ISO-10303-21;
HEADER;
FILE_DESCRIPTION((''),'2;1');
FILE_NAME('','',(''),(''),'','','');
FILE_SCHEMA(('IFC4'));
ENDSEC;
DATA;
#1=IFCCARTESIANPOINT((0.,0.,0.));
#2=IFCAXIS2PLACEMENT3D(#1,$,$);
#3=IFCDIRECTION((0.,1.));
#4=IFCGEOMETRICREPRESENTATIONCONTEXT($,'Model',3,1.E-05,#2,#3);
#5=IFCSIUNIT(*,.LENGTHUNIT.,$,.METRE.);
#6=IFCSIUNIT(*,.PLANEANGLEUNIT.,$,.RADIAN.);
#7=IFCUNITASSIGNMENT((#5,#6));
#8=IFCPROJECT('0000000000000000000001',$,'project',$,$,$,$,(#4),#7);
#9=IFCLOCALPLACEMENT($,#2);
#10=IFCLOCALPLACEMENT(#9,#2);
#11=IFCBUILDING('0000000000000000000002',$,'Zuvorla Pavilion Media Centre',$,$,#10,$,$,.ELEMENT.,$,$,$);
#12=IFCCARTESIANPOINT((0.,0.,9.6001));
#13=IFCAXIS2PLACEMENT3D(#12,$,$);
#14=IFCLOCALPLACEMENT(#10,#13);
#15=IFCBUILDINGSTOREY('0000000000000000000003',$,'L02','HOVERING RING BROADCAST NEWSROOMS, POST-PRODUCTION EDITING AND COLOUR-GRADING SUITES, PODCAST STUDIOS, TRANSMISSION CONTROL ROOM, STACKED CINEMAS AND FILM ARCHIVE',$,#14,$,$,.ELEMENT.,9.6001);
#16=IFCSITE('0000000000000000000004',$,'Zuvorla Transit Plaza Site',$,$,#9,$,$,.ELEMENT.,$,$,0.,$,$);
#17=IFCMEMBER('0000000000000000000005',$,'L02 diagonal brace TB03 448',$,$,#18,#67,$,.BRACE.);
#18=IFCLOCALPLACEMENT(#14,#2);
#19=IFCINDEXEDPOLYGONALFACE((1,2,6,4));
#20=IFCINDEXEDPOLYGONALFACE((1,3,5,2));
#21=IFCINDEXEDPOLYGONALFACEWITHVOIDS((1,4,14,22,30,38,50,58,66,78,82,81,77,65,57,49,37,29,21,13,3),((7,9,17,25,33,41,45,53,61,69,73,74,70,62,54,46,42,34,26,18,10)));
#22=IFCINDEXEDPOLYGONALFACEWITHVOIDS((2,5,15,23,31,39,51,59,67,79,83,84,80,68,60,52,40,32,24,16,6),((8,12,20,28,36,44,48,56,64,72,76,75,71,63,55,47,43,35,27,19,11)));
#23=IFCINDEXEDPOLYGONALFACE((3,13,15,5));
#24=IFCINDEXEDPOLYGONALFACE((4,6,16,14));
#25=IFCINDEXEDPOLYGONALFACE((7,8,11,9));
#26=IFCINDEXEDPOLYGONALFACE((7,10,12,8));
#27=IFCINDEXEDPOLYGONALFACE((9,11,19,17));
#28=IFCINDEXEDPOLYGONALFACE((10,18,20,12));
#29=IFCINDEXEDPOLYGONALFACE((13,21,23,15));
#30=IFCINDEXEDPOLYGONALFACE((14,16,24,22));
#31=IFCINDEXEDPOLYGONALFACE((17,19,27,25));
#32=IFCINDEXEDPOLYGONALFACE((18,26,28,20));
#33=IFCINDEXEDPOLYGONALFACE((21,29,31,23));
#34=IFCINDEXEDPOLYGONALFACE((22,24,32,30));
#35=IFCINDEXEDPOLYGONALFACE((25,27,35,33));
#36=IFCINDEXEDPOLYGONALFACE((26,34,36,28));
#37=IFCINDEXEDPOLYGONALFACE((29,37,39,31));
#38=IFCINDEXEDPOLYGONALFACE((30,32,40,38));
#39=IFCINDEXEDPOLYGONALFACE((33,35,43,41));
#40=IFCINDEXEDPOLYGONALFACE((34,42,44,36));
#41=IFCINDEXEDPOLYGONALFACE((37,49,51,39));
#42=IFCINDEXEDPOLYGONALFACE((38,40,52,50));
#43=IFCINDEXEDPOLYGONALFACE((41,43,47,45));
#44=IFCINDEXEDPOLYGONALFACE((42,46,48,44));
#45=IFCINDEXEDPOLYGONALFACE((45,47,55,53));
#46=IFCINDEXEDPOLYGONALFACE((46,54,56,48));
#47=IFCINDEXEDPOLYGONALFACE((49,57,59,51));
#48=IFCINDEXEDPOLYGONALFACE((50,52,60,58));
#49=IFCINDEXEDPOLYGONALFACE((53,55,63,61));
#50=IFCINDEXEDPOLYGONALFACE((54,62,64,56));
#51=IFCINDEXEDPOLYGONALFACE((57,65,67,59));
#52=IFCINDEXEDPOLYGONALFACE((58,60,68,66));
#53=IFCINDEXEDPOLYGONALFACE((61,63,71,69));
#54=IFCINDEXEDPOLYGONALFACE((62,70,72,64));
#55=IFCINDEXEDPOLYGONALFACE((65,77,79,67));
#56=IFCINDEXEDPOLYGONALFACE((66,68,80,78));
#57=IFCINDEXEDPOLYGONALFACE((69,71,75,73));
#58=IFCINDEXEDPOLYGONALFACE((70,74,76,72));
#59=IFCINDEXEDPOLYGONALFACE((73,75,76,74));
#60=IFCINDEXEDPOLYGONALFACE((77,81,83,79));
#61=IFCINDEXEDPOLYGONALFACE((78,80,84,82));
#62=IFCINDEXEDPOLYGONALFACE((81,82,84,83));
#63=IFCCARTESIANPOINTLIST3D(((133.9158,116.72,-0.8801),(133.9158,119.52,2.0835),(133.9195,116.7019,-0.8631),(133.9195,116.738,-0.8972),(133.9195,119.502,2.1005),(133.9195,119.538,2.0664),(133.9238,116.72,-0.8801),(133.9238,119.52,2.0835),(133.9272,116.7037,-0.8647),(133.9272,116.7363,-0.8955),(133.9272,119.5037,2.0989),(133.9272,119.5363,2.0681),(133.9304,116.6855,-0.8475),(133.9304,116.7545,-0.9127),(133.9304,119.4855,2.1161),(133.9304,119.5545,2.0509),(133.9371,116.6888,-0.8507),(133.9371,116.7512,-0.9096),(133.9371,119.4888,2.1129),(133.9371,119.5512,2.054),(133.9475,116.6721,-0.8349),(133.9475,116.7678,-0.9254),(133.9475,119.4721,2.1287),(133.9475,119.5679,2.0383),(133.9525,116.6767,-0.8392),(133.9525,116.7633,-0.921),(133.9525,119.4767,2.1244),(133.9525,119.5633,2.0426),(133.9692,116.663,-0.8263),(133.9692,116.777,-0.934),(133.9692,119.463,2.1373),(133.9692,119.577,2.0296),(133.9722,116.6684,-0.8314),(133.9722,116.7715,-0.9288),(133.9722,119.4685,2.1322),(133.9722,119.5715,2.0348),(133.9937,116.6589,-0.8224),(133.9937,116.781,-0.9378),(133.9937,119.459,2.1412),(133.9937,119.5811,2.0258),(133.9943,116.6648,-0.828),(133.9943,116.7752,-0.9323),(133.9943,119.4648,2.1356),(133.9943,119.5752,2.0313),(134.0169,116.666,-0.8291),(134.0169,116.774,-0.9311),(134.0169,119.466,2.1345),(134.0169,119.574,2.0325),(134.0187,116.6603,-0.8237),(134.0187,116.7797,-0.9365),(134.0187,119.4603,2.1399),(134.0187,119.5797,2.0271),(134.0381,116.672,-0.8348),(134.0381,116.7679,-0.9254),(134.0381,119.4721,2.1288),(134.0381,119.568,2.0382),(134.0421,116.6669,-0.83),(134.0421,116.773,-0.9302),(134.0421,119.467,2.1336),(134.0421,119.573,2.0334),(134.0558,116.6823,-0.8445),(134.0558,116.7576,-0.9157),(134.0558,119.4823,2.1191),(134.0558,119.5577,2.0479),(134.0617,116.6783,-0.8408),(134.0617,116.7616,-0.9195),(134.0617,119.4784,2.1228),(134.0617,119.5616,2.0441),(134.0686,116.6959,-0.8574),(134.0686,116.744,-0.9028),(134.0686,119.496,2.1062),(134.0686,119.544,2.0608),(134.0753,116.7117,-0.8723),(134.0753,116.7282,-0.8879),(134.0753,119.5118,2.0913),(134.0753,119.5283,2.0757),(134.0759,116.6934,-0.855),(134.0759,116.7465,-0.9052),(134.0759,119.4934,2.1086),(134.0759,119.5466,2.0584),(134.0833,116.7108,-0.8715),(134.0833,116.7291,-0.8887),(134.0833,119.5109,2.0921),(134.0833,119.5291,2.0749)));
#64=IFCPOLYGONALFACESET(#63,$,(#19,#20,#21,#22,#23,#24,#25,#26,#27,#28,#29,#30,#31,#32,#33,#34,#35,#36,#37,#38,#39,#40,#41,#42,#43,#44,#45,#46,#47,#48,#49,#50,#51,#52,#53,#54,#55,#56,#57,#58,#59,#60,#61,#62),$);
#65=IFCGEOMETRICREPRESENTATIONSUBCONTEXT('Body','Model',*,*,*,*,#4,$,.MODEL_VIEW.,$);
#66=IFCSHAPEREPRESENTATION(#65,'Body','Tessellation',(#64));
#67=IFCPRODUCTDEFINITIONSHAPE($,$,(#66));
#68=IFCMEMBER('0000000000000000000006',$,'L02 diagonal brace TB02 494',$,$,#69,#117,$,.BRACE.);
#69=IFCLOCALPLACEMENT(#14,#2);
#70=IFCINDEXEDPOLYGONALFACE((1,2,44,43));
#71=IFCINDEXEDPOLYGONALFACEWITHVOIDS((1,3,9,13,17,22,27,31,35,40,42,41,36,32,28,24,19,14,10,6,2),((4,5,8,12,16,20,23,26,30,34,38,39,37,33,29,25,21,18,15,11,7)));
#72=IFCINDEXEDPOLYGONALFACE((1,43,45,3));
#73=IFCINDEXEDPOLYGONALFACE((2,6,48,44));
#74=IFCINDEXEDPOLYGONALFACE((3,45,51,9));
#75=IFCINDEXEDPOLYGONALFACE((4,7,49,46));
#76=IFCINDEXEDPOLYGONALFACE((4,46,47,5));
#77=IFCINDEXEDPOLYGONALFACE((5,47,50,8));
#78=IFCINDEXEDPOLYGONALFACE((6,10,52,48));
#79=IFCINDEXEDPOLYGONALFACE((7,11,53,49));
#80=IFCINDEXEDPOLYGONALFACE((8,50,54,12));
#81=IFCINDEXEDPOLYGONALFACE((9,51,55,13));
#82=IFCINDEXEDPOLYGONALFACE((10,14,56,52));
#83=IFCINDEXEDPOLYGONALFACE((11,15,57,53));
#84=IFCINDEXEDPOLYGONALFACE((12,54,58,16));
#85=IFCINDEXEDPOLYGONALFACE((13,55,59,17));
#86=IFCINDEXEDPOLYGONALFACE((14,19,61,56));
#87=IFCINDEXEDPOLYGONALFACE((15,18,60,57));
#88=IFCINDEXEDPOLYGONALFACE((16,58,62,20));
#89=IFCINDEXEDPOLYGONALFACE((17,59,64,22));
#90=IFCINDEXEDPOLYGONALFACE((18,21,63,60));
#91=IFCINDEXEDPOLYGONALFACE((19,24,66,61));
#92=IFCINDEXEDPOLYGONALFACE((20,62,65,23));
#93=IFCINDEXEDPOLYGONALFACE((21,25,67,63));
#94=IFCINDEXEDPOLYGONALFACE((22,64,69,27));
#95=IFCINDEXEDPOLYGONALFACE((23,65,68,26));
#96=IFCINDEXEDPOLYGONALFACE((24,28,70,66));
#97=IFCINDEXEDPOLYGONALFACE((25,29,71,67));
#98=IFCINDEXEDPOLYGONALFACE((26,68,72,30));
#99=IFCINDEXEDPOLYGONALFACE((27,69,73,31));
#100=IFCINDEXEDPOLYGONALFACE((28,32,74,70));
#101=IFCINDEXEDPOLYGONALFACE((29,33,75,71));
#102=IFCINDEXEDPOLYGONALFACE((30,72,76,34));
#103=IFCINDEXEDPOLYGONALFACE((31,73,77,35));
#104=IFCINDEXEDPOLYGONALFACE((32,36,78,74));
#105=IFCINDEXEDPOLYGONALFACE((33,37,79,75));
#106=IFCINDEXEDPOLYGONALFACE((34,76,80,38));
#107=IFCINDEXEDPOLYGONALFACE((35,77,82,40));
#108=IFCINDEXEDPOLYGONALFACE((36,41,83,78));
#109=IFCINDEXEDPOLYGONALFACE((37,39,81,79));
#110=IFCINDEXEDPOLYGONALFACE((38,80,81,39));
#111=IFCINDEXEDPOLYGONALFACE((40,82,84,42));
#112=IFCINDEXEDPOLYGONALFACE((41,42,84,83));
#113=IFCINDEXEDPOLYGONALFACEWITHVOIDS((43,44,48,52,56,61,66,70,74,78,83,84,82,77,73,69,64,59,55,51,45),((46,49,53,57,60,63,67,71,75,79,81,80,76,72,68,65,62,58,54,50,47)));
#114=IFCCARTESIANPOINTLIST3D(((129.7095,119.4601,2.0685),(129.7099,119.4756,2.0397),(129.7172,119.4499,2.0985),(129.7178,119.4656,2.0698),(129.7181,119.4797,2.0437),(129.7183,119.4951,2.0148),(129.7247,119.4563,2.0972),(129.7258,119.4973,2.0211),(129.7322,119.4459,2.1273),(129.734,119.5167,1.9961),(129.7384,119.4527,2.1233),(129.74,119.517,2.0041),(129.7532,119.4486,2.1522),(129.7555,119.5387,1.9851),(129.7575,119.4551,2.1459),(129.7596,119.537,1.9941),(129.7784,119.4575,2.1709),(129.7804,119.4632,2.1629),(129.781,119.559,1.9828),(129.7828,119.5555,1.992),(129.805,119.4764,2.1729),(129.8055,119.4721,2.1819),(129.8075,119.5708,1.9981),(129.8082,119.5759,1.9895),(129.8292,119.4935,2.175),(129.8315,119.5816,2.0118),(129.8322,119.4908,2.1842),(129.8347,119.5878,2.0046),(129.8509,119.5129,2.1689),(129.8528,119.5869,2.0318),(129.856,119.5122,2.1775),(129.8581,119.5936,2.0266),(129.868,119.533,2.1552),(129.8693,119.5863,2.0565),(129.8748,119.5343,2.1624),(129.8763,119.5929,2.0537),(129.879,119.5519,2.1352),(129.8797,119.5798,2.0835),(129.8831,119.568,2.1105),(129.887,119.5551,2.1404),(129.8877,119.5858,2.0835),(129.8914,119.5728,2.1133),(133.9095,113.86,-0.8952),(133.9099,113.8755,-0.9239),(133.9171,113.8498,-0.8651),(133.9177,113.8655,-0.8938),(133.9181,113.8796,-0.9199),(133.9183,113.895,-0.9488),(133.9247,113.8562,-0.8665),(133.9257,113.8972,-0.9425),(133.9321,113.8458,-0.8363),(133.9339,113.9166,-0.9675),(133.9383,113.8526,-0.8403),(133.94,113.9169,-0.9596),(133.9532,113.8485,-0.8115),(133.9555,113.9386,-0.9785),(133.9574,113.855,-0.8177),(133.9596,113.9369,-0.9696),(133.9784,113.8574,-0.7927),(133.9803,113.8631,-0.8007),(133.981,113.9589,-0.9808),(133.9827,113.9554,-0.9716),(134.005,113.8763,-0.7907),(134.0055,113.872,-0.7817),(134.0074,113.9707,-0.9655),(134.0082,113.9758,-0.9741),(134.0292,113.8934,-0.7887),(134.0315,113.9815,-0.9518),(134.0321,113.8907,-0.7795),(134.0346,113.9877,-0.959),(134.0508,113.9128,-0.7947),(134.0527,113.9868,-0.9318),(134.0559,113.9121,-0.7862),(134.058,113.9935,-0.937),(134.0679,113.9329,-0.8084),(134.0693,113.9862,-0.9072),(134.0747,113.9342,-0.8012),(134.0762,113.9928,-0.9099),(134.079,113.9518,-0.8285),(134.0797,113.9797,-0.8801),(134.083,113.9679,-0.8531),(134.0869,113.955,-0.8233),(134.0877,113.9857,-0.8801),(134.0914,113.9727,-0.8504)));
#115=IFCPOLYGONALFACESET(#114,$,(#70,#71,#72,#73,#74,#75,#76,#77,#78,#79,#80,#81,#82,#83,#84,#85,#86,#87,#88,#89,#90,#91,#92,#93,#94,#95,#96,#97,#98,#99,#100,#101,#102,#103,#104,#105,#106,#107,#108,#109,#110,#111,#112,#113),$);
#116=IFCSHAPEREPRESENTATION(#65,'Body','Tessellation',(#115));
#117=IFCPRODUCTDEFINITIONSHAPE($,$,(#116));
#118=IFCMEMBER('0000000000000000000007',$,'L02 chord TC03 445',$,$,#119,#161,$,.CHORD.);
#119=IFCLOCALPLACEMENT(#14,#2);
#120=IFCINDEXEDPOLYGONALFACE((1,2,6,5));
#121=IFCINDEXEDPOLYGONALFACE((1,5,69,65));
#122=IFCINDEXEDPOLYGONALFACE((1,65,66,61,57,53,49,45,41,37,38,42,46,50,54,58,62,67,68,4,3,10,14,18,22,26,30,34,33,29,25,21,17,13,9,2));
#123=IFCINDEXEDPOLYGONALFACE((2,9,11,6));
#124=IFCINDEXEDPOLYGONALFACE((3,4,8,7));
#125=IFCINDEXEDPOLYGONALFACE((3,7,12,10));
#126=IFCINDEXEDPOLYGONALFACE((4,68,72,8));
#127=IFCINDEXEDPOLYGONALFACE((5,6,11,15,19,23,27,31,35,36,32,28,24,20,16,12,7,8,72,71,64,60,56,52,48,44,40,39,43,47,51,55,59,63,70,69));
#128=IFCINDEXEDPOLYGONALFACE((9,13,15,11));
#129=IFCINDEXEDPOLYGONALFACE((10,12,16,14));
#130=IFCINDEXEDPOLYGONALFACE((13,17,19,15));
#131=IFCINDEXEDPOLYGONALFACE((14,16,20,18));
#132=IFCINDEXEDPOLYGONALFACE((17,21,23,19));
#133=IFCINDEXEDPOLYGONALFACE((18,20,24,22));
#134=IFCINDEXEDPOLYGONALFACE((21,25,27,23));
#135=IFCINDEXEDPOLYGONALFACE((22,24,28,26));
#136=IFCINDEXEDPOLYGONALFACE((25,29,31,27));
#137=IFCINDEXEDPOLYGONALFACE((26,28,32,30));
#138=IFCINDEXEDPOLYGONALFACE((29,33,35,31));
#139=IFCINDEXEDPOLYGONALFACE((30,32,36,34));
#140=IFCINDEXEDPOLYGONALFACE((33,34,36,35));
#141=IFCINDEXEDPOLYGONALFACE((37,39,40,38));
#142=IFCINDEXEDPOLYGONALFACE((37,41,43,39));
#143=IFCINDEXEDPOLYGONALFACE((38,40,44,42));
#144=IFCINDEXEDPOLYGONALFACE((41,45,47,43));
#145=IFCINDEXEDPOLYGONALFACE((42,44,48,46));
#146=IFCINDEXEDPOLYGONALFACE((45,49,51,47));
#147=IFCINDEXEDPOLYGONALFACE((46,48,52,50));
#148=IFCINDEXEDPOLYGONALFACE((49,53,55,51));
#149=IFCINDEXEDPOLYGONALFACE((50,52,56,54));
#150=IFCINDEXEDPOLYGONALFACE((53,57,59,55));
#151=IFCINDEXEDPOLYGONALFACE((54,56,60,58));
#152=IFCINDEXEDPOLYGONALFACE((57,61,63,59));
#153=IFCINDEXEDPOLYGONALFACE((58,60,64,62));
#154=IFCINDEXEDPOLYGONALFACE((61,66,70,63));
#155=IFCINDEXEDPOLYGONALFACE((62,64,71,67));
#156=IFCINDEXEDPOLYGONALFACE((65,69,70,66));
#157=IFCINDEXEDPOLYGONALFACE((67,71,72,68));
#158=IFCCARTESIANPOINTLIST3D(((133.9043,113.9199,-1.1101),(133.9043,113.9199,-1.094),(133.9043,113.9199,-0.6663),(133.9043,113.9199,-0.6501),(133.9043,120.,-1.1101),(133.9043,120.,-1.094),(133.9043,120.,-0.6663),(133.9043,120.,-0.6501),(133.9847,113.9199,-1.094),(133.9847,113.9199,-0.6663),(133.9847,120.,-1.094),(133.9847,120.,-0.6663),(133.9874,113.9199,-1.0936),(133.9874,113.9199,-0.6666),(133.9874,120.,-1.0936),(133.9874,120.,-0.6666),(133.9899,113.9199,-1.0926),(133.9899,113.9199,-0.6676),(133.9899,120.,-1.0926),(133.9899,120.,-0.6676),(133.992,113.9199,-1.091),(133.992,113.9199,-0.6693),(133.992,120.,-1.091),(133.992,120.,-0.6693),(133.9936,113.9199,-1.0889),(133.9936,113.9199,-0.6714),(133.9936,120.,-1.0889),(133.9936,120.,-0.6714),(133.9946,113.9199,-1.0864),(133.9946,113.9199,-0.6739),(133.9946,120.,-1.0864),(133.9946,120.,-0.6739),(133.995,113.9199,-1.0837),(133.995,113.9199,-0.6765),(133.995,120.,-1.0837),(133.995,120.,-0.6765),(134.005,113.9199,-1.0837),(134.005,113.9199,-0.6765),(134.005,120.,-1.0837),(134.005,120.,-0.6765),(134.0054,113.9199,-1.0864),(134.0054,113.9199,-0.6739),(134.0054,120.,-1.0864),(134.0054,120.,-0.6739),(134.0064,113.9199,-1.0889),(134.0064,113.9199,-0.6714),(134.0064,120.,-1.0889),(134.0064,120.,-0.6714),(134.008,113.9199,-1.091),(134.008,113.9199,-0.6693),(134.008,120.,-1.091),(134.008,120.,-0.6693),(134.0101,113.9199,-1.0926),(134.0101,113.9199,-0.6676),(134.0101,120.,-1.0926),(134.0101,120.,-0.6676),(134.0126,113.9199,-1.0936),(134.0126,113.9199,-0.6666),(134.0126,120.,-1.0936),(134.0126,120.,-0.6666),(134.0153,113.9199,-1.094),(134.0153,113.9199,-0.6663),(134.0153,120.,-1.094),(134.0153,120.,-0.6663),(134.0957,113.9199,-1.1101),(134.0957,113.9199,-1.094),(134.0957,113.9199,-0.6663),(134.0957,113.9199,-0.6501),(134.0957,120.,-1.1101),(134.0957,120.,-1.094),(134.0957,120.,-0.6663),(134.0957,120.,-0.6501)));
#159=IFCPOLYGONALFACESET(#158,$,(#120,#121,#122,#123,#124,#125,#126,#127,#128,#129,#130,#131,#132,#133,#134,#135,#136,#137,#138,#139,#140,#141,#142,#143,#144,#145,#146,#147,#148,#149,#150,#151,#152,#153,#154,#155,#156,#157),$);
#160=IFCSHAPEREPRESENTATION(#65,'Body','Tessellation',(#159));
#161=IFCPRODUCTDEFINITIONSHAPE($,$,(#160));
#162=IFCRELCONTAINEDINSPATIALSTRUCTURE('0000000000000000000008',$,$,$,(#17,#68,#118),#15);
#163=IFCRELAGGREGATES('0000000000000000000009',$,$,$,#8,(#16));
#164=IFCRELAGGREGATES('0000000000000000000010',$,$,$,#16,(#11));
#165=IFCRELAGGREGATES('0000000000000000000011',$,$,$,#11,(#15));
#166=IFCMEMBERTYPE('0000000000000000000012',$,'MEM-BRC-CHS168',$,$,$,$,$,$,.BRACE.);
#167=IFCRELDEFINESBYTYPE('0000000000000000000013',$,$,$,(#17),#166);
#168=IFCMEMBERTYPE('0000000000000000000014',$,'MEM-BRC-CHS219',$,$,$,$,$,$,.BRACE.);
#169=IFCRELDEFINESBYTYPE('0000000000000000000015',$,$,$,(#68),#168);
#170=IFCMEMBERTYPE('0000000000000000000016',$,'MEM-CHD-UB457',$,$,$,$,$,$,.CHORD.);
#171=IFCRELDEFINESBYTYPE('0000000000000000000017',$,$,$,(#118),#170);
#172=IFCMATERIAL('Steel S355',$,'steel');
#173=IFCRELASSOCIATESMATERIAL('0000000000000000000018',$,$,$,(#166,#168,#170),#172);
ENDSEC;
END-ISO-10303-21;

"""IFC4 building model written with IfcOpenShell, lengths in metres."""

from ifc_helpers import new_model, si_unit, direction, frame, origin, origin_2d, place, context, subcontext, project, spatial, hollow_circle, i_section, extrude, material, material_profile, profile_set, type_object, element, save


model = new_model("IFC4")

# Units and contexts
model_context = context("Model", 3, precision=1e-05, world=origin(), true_north=direction((0.0, 1.0)))
body_context = subcontext(model_context, "Body", "Model", "MODEL_VIEW")
ifc_project = project(units=[si_unit("LENGTHUNIT", "METRE"), si_unit("PLANEANGLEUNIT", "RADIAN")], contexts=[model_context])

# Site, building, storey
site_placement = place(None, origin())
site = spatial("IfcSite", under=ifc_project, at=site_placement, Name="Zuvorla Transit Plaza Site", CompositionType="ELEMENT", RefElevation=0.0)
building_placement = place(site_placement, origin())
building = spatial("IfcBuilding", under=site, at=building_placement, Name="Zuvorla Pavilion Media Centre", CompositionType="ELEMENT")
storey_placement = place(building_placement, frame((0.0, 0.0, 9.6001)))
storey = spatial("IfcBuildingStorey", under=building, at=storey_placement, Name="L02", Description="HOVERING RING BROADCAST NEWSROOMS, POST-PRODUCTION EDITING AND COLOUR-GRADING SUITES, PODCAST STUDIOS, TRANSMISSION CONTROL ROOM, STACKED CINEMAS AND FILM ARCHIVE", CompositionType="ELEMENT", Elevation=9.6001)

# Members
ifc_material_1 = material(Name="Steel S355", Category="steel")
ifc_material_profile_1 = material_profile(ifc_material_1, hollow_circle(Radius=0.0842, WallThickness=0.0081, at=origin_2d()), Name="CHS 168.3x8")
ifc_profile_set_1 = profile_set([ifc_material_profile_1], Name="Steel S355")
member_type_1 = type_object("IfcMemberType", Name="MEM-BRC-CHS168", PredefinedType="BRACE", material=ifc_profile_set_1)
member_1_placement = place(storey_placement, frame((134.0, 116.72, -0.8801), z_axis=(0.0, 0.686762, 0.726882), x_axis=(-1.0, 0.0, 0.0)))
element("IfcMember", 1, at=member_1_placement, inside=storey, type_object=member_type_1, Name="L02 diagonal brace TB03 448", PredefinedType="BRACE", context=body_context, shape_type="SweptSolid", body=[
    extrude(hollow_circle(Radius=0.0842, WallThickness=0.0081, at=origin_2d()), origin(), (0.0, 0.0, 1.0), 4.0771),
])
ifc_material_profile_2 = material_profile(ifc_material_1, hollow_circle(Radius=0.1096, WallThickness=0.01, at=origin_2d()), Name="CHS 219.1x10")
ifc_profile_set_2 = profile_set([ifc_material_profile_2], Name="Steel S355")
member_type_2 = type_object("IfcMemberType", Name="MEM-BRC-CHS219", PredefinedType="BRACE", material=ifc_profile_set_2)
member_2_placement = place(storey_placement, frame((129.8, 119.52, 2.0835), z_axis=(0.552512, -0.736704, -0.38987), x_axis=(0.800008, 0.599989, 0.0)))
element("IfcMember", 2, at=member_2_placement, inside=storey, type_object=member_type_2, Name="L02 diagonal brace TB02 494", PredefinedType="BRACE", context=body_context, shape_type="SweptSolid", body=[
    extrude(hollow_circle(Radius=0.1096, WallThickness=0.01, at=origin_2d()), origin(), (0.0, 0.0, 1.0), 7.6016),
])
ifc_material_profile_3 = material_profile(ifc_material_1, i_section(OverallWidth=0.1914, OverallDepth=0.46, WebThickness=0.01, FlangeThickness=0.0161, FilletRadius=0.0103, at=origin_2d()), Name="UB 457x191x82")
ifc_profile_set_3 = profile_set([ifc_material_profile_3], Name="Steel S355")
member_type_3 = type_object("IfcMemberType", Name="MEM-CHD-UB457", PredefinedType="CHORD", material=ifc_profile_set_3)
member_3_placement = place(storey_placement, frame((134.0, 113.9199, -0.8801), z_axis=(0.0, 1.0, 0.0), x_axis=(-1.0, 0.0, 0.0)))
element("IfcMember", 3, at=member_3_placement, inside=storey, type_object=member_type_3, Name="L02 chord TC03 445", PredefinedType="CHORD", context=body_context, shape_type="SweptSolid", body=[
    extrude(i_section(OverallWidth=0.1914, OverallDepth=0.46, WebThickness=0.01, FlangeThickness=0.0161, FilletRadius=0.0103, at=origin_2d()), origin(), (0.0, 0.0, 1.0), 6.0801),
])

save(model, "model.ifc")
